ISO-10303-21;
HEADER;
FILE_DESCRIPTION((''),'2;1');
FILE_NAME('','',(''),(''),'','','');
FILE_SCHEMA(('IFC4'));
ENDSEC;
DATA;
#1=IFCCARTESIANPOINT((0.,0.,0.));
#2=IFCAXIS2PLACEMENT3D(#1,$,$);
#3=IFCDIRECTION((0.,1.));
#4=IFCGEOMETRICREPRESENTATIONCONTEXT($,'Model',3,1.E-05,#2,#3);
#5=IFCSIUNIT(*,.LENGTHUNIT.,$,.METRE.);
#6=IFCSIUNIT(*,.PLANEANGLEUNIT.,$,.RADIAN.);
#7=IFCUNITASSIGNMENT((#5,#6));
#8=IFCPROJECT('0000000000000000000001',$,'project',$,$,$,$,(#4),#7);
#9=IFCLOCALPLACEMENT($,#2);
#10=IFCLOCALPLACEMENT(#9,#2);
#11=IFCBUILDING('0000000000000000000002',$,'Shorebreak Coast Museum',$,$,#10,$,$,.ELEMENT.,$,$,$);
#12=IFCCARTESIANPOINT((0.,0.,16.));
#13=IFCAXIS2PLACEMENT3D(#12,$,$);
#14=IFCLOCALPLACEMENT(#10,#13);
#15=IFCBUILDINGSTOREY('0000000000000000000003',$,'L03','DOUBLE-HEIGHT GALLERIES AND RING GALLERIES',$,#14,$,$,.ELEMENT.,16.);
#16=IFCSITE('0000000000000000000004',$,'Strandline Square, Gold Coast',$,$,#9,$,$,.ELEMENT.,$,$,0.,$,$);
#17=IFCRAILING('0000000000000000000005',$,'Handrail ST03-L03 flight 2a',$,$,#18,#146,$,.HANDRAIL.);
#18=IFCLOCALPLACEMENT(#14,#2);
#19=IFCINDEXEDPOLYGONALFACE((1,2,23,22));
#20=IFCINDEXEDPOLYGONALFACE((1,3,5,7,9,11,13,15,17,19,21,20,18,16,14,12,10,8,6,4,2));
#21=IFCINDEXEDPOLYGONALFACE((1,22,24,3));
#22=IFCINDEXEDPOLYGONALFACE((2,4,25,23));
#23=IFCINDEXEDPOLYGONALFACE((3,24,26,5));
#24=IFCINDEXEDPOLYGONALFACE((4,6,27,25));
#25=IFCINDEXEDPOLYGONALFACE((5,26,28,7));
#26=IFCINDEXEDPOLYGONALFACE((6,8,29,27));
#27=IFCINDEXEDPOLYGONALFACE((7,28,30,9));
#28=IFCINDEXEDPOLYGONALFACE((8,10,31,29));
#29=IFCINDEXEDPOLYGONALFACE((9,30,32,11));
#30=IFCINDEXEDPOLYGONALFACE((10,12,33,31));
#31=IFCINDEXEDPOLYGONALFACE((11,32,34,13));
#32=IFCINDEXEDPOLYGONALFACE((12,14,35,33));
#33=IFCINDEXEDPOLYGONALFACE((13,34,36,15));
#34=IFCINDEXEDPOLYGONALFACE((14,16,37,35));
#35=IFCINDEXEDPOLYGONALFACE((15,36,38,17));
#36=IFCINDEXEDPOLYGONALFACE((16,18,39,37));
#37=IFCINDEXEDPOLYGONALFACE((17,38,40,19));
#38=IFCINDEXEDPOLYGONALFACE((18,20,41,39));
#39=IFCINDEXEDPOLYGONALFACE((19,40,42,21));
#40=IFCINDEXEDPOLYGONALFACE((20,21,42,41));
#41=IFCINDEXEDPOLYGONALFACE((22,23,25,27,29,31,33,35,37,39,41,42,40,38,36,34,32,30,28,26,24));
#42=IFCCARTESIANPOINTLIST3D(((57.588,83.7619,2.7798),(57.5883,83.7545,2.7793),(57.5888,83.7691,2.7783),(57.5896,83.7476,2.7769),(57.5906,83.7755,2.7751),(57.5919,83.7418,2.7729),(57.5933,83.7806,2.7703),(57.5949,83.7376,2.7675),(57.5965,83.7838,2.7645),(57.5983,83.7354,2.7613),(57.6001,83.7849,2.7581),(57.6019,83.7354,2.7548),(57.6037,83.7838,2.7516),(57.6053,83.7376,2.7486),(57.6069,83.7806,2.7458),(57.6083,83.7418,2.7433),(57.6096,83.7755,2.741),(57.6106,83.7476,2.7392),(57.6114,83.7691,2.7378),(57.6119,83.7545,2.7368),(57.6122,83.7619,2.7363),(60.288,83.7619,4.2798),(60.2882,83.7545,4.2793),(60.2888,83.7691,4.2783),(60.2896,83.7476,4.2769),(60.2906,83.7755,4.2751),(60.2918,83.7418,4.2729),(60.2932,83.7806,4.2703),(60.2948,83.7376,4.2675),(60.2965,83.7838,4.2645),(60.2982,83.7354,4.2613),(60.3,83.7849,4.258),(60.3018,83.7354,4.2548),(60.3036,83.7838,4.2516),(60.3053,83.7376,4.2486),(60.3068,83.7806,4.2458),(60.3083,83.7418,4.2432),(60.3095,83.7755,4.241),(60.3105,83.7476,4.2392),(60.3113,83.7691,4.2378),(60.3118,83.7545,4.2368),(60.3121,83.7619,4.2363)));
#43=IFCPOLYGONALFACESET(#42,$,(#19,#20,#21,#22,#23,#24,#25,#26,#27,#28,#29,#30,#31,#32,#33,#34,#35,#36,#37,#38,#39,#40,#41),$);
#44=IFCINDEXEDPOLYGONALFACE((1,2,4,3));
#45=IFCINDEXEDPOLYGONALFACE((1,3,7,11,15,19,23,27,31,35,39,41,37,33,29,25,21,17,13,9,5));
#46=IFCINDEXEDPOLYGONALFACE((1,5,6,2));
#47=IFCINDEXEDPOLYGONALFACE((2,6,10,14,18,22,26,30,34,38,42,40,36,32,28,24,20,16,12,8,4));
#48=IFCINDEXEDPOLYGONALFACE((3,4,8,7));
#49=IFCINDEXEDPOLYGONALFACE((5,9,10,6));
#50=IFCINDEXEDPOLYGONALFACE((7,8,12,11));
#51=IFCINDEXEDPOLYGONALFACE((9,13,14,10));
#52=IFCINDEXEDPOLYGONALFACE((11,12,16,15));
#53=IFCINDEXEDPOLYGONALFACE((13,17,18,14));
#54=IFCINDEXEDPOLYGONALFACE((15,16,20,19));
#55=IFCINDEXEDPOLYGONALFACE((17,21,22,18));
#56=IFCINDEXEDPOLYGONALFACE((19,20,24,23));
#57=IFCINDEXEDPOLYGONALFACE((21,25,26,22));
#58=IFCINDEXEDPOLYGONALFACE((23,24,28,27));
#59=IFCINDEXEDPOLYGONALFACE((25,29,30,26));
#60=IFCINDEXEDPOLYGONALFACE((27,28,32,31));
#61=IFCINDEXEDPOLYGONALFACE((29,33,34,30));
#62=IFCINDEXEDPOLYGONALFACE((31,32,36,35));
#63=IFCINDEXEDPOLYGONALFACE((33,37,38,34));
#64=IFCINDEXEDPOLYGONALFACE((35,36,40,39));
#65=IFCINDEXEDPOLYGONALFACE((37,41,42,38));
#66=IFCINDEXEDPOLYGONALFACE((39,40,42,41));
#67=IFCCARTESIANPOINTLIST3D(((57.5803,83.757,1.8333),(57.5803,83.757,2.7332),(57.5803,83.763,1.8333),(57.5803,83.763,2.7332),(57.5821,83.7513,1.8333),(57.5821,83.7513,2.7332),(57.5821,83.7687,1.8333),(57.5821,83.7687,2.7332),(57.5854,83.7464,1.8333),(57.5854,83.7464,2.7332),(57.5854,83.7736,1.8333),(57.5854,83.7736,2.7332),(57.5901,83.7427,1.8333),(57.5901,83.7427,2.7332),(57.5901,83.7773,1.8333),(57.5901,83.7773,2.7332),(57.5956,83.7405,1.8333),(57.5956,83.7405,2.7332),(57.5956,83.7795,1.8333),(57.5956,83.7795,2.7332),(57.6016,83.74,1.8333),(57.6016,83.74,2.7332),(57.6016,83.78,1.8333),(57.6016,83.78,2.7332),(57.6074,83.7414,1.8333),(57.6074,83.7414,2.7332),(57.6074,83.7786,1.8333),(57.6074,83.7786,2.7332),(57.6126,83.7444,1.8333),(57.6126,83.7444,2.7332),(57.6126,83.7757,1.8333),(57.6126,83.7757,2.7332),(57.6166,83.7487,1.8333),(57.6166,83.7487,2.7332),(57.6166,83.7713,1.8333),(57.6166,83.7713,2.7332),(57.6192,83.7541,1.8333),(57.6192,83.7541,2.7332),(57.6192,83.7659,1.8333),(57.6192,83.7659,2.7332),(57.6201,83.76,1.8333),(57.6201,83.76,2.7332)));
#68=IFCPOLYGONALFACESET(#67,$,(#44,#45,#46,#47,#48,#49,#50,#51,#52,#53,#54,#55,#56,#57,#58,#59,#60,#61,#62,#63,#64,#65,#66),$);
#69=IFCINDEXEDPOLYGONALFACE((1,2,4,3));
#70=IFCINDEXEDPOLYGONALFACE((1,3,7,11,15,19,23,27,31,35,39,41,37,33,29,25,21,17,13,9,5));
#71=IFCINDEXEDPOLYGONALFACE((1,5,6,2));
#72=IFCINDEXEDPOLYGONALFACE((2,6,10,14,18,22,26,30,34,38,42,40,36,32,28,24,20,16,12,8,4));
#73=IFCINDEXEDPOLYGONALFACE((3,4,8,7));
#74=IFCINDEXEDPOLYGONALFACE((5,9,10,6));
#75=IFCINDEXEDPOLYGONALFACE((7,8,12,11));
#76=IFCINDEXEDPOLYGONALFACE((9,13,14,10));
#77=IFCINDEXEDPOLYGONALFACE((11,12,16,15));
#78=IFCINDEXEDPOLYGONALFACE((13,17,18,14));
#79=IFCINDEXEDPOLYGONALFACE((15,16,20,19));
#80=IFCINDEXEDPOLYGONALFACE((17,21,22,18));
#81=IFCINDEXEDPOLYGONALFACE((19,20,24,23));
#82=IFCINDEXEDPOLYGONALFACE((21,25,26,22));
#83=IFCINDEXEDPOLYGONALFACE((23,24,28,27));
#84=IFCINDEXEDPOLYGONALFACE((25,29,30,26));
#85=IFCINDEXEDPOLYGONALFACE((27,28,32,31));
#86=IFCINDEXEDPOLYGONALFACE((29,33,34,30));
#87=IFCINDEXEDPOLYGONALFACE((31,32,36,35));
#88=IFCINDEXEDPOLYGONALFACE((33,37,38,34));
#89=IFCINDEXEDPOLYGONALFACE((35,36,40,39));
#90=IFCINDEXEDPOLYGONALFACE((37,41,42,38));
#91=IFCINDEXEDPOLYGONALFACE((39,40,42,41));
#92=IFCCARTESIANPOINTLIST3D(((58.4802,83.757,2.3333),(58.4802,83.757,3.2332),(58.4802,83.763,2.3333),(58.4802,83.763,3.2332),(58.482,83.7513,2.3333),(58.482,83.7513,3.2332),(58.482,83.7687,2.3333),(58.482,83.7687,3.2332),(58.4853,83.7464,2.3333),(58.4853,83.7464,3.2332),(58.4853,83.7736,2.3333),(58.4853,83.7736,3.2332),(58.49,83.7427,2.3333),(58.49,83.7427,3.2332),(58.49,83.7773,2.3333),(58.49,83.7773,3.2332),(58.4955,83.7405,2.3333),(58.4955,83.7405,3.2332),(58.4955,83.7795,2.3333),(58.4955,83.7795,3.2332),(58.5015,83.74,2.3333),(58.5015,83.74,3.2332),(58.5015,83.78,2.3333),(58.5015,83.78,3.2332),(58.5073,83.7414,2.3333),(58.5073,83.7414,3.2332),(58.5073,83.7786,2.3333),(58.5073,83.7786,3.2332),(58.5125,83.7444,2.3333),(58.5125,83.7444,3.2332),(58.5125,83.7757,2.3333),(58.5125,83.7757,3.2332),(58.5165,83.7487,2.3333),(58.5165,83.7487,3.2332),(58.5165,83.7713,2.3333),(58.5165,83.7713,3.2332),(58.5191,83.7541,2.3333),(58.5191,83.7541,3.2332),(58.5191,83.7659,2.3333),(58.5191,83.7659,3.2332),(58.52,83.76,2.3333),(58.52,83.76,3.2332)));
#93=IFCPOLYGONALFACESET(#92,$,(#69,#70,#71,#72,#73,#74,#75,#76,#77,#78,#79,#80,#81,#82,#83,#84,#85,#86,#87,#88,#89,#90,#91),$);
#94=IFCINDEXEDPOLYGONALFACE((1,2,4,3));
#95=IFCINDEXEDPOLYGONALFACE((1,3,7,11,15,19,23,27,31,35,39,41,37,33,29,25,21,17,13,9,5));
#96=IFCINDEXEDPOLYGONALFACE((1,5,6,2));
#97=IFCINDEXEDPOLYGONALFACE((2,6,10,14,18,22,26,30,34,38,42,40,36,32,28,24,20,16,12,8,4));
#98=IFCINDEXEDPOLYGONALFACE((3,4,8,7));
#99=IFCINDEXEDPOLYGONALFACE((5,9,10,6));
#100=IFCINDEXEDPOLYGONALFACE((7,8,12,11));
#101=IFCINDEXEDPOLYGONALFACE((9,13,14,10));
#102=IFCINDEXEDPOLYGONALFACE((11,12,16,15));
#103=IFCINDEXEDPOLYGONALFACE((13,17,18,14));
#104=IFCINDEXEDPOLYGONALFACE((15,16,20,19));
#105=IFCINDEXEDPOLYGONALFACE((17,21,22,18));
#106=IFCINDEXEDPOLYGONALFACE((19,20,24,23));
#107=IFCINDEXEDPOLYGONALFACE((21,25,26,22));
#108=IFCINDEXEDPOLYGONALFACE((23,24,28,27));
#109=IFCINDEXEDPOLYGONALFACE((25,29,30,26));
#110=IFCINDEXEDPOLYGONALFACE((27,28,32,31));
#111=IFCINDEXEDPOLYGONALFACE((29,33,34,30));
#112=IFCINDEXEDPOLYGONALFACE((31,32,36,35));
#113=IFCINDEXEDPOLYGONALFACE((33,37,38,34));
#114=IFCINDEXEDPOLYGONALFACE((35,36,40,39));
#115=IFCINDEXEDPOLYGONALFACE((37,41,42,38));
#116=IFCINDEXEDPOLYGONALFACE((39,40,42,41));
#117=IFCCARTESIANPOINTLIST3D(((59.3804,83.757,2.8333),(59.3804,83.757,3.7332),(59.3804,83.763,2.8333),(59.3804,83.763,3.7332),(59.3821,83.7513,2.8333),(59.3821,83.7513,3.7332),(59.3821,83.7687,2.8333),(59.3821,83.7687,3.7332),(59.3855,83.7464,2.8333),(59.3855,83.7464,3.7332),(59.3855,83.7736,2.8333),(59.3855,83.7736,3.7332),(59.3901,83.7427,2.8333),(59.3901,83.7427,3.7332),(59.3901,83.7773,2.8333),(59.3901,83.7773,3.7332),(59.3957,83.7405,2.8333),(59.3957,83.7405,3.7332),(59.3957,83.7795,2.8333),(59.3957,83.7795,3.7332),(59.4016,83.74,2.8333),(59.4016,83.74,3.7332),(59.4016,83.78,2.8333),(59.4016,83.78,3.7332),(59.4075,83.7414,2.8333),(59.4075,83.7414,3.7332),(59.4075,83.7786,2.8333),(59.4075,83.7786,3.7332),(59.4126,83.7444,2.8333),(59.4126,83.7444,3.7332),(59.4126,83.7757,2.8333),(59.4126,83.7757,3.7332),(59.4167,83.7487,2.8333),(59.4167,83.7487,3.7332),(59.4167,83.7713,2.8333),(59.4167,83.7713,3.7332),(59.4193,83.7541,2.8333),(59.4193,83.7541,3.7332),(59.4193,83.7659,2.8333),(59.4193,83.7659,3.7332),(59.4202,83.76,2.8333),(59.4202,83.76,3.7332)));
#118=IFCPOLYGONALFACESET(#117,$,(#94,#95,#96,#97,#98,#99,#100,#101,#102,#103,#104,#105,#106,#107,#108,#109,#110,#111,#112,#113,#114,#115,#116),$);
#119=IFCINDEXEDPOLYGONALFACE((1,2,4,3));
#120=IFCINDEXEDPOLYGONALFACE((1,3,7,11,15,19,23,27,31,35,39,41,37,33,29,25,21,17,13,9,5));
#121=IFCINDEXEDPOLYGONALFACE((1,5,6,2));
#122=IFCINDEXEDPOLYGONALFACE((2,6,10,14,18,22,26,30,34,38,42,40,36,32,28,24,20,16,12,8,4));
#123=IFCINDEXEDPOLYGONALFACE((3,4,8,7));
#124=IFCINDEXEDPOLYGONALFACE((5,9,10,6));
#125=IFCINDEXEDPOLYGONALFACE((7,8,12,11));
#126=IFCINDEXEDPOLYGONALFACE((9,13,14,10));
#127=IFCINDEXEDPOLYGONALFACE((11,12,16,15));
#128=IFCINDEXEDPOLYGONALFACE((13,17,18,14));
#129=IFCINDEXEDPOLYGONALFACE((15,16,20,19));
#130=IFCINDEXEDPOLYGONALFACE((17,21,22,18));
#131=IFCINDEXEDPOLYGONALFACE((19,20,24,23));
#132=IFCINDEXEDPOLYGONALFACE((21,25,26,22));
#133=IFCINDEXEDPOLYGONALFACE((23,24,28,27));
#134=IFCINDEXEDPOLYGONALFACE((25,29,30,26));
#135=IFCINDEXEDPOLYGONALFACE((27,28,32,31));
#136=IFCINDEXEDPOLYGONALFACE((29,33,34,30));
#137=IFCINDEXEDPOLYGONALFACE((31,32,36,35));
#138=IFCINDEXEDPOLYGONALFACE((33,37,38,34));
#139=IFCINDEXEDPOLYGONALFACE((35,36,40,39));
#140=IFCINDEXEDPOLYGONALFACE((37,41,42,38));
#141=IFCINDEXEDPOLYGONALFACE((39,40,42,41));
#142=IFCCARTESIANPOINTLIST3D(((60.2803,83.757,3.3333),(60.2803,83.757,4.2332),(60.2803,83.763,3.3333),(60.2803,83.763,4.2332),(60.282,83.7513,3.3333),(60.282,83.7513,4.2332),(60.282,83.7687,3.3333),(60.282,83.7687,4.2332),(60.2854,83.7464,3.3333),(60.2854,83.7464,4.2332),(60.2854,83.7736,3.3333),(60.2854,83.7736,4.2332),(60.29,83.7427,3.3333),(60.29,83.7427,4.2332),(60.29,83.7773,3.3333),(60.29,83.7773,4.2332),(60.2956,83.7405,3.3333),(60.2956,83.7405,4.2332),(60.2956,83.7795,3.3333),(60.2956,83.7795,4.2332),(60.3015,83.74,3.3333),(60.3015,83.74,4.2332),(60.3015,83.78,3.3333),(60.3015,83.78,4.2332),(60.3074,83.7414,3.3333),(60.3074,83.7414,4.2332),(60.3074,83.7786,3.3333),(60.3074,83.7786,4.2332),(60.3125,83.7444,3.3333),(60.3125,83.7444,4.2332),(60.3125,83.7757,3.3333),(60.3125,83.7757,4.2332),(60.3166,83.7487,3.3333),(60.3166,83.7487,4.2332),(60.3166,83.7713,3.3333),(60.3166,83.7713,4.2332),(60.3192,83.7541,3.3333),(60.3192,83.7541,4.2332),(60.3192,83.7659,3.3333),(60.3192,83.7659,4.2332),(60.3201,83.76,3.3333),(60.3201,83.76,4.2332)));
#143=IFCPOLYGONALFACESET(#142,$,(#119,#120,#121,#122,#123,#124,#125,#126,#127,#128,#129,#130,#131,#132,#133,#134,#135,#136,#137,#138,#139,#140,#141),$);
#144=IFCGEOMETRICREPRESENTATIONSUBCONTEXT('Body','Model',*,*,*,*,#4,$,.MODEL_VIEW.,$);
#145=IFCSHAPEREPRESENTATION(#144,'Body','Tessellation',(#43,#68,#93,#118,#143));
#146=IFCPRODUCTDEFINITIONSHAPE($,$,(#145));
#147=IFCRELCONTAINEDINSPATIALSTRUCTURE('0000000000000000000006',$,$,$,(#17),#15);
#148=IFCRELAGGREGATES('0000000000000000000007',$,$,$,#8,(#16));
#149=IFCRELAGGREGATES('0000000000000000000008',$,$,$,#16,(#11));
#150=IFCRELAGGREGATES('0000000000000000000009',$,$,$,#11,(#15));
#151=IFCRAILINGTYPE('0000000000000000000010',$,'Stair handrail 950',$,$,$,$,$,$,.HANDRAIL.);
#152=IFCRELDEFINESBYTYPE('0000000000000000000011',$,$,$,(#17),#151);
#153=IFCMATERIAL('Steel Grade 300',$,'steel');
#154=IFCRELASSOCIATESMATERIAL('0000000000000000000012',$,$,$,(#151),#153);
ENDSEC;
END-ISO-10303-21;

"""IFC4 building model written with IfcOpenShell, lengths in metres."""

from ifc_helpers import new_model, si_unit, direction, frame, origin, origin_2d, place, context, subcontext, project, spatial, circle, extrude, material, type_object, element, save


model = new_model("IFC4")

# Units and contexts
model_context = context("Model", 3, precision=1e-05, world=origin(), true_north=direction((0.0, 1.0)))
body_context = subcontext(model_context, "Body", "Model", "MODEL_VIEW")
ifc_project = project(units=[si_unit("LENGTHUNIT", "METRE"), si_unit("PLANEANGLEUNIT", "RADIAN")], contexts=[model_context])

# Site, building, storey
site_placement = place(None, origin())
site = spatial("IfcSite", under=ifc_project, at=site_placement, Name="Strandline Square, Gold Coast", CompositionType="ELEMENT", RefElevation=0.0)
building_placement = place(site_placement, origin())
building = spatial("IfcBuilding", under=site, at=building_placement, Name="Shorebreak Coast Museum", CompositionType="ELEMENT")
storey_placement = place(building_placement, frame((0.0, 0.0, 16.0)))
storey = spatial("IfcBuildingStorey", under=building, at=storey_placement, Name="L03", Description="DOUBLE-HEIGHT GALLERIES AND RING GALLERIES", CompositionType="ELEMENT", Elevation=16.0)

# Railing
ifc_material_1 = material(Name="Steel Grade 300", Category="steel")
railing_type_1 = type_object("IfcRailingType", Name="Stair handrail 950", PredefinedType="HANDRAIL", material=ifc_material_1)
for number, where, name in (
    (1, (57.6001, 83.76, 1.8333), "Handrail ST03-L03 flight 2a"),
):
    element("IfcRailing", number, at=place(storey_placement, frame(where)), inside=storey, type_object=railing_type_1, Name=name, PredefinedType="HANDRAIL", context=body_context, shape_type="SweptSolid", body=[
        extrude(circle(Radius=0.0249, at=origin_2d()), frame((0.0, 0.0, 0.9248), z_axis=(0.874154, 0.0, 0.48565), x_axis=(0.0, 1.0, 0.0)), (0.0, 0.0, 1.0), 3.0886),
        extrude(circle(Radius=0.02, at=origin_2d()), origin(), (0.0, 0.0, 1.0), 0.8999),
        extrude(circle(Radius=0.02, at=origin_2d()), frame((0.8999, 0.0, 0.5)), (0.0, 0.0, 1.0), 0.8999),
        extrude(circle(Radius=0.02, at=origin_2d()), frame((1.8, 0.0, 1.0)), (0.0, 0.0, 1.0), 0.8999),
        extrude(circle(Radius=0.02, at=origin_2d()), frame((2.7, 0.0, 1.5)), (0.0, 0.0, 1.0), 0.8999),
    ])

save(model, "model.ifc")
